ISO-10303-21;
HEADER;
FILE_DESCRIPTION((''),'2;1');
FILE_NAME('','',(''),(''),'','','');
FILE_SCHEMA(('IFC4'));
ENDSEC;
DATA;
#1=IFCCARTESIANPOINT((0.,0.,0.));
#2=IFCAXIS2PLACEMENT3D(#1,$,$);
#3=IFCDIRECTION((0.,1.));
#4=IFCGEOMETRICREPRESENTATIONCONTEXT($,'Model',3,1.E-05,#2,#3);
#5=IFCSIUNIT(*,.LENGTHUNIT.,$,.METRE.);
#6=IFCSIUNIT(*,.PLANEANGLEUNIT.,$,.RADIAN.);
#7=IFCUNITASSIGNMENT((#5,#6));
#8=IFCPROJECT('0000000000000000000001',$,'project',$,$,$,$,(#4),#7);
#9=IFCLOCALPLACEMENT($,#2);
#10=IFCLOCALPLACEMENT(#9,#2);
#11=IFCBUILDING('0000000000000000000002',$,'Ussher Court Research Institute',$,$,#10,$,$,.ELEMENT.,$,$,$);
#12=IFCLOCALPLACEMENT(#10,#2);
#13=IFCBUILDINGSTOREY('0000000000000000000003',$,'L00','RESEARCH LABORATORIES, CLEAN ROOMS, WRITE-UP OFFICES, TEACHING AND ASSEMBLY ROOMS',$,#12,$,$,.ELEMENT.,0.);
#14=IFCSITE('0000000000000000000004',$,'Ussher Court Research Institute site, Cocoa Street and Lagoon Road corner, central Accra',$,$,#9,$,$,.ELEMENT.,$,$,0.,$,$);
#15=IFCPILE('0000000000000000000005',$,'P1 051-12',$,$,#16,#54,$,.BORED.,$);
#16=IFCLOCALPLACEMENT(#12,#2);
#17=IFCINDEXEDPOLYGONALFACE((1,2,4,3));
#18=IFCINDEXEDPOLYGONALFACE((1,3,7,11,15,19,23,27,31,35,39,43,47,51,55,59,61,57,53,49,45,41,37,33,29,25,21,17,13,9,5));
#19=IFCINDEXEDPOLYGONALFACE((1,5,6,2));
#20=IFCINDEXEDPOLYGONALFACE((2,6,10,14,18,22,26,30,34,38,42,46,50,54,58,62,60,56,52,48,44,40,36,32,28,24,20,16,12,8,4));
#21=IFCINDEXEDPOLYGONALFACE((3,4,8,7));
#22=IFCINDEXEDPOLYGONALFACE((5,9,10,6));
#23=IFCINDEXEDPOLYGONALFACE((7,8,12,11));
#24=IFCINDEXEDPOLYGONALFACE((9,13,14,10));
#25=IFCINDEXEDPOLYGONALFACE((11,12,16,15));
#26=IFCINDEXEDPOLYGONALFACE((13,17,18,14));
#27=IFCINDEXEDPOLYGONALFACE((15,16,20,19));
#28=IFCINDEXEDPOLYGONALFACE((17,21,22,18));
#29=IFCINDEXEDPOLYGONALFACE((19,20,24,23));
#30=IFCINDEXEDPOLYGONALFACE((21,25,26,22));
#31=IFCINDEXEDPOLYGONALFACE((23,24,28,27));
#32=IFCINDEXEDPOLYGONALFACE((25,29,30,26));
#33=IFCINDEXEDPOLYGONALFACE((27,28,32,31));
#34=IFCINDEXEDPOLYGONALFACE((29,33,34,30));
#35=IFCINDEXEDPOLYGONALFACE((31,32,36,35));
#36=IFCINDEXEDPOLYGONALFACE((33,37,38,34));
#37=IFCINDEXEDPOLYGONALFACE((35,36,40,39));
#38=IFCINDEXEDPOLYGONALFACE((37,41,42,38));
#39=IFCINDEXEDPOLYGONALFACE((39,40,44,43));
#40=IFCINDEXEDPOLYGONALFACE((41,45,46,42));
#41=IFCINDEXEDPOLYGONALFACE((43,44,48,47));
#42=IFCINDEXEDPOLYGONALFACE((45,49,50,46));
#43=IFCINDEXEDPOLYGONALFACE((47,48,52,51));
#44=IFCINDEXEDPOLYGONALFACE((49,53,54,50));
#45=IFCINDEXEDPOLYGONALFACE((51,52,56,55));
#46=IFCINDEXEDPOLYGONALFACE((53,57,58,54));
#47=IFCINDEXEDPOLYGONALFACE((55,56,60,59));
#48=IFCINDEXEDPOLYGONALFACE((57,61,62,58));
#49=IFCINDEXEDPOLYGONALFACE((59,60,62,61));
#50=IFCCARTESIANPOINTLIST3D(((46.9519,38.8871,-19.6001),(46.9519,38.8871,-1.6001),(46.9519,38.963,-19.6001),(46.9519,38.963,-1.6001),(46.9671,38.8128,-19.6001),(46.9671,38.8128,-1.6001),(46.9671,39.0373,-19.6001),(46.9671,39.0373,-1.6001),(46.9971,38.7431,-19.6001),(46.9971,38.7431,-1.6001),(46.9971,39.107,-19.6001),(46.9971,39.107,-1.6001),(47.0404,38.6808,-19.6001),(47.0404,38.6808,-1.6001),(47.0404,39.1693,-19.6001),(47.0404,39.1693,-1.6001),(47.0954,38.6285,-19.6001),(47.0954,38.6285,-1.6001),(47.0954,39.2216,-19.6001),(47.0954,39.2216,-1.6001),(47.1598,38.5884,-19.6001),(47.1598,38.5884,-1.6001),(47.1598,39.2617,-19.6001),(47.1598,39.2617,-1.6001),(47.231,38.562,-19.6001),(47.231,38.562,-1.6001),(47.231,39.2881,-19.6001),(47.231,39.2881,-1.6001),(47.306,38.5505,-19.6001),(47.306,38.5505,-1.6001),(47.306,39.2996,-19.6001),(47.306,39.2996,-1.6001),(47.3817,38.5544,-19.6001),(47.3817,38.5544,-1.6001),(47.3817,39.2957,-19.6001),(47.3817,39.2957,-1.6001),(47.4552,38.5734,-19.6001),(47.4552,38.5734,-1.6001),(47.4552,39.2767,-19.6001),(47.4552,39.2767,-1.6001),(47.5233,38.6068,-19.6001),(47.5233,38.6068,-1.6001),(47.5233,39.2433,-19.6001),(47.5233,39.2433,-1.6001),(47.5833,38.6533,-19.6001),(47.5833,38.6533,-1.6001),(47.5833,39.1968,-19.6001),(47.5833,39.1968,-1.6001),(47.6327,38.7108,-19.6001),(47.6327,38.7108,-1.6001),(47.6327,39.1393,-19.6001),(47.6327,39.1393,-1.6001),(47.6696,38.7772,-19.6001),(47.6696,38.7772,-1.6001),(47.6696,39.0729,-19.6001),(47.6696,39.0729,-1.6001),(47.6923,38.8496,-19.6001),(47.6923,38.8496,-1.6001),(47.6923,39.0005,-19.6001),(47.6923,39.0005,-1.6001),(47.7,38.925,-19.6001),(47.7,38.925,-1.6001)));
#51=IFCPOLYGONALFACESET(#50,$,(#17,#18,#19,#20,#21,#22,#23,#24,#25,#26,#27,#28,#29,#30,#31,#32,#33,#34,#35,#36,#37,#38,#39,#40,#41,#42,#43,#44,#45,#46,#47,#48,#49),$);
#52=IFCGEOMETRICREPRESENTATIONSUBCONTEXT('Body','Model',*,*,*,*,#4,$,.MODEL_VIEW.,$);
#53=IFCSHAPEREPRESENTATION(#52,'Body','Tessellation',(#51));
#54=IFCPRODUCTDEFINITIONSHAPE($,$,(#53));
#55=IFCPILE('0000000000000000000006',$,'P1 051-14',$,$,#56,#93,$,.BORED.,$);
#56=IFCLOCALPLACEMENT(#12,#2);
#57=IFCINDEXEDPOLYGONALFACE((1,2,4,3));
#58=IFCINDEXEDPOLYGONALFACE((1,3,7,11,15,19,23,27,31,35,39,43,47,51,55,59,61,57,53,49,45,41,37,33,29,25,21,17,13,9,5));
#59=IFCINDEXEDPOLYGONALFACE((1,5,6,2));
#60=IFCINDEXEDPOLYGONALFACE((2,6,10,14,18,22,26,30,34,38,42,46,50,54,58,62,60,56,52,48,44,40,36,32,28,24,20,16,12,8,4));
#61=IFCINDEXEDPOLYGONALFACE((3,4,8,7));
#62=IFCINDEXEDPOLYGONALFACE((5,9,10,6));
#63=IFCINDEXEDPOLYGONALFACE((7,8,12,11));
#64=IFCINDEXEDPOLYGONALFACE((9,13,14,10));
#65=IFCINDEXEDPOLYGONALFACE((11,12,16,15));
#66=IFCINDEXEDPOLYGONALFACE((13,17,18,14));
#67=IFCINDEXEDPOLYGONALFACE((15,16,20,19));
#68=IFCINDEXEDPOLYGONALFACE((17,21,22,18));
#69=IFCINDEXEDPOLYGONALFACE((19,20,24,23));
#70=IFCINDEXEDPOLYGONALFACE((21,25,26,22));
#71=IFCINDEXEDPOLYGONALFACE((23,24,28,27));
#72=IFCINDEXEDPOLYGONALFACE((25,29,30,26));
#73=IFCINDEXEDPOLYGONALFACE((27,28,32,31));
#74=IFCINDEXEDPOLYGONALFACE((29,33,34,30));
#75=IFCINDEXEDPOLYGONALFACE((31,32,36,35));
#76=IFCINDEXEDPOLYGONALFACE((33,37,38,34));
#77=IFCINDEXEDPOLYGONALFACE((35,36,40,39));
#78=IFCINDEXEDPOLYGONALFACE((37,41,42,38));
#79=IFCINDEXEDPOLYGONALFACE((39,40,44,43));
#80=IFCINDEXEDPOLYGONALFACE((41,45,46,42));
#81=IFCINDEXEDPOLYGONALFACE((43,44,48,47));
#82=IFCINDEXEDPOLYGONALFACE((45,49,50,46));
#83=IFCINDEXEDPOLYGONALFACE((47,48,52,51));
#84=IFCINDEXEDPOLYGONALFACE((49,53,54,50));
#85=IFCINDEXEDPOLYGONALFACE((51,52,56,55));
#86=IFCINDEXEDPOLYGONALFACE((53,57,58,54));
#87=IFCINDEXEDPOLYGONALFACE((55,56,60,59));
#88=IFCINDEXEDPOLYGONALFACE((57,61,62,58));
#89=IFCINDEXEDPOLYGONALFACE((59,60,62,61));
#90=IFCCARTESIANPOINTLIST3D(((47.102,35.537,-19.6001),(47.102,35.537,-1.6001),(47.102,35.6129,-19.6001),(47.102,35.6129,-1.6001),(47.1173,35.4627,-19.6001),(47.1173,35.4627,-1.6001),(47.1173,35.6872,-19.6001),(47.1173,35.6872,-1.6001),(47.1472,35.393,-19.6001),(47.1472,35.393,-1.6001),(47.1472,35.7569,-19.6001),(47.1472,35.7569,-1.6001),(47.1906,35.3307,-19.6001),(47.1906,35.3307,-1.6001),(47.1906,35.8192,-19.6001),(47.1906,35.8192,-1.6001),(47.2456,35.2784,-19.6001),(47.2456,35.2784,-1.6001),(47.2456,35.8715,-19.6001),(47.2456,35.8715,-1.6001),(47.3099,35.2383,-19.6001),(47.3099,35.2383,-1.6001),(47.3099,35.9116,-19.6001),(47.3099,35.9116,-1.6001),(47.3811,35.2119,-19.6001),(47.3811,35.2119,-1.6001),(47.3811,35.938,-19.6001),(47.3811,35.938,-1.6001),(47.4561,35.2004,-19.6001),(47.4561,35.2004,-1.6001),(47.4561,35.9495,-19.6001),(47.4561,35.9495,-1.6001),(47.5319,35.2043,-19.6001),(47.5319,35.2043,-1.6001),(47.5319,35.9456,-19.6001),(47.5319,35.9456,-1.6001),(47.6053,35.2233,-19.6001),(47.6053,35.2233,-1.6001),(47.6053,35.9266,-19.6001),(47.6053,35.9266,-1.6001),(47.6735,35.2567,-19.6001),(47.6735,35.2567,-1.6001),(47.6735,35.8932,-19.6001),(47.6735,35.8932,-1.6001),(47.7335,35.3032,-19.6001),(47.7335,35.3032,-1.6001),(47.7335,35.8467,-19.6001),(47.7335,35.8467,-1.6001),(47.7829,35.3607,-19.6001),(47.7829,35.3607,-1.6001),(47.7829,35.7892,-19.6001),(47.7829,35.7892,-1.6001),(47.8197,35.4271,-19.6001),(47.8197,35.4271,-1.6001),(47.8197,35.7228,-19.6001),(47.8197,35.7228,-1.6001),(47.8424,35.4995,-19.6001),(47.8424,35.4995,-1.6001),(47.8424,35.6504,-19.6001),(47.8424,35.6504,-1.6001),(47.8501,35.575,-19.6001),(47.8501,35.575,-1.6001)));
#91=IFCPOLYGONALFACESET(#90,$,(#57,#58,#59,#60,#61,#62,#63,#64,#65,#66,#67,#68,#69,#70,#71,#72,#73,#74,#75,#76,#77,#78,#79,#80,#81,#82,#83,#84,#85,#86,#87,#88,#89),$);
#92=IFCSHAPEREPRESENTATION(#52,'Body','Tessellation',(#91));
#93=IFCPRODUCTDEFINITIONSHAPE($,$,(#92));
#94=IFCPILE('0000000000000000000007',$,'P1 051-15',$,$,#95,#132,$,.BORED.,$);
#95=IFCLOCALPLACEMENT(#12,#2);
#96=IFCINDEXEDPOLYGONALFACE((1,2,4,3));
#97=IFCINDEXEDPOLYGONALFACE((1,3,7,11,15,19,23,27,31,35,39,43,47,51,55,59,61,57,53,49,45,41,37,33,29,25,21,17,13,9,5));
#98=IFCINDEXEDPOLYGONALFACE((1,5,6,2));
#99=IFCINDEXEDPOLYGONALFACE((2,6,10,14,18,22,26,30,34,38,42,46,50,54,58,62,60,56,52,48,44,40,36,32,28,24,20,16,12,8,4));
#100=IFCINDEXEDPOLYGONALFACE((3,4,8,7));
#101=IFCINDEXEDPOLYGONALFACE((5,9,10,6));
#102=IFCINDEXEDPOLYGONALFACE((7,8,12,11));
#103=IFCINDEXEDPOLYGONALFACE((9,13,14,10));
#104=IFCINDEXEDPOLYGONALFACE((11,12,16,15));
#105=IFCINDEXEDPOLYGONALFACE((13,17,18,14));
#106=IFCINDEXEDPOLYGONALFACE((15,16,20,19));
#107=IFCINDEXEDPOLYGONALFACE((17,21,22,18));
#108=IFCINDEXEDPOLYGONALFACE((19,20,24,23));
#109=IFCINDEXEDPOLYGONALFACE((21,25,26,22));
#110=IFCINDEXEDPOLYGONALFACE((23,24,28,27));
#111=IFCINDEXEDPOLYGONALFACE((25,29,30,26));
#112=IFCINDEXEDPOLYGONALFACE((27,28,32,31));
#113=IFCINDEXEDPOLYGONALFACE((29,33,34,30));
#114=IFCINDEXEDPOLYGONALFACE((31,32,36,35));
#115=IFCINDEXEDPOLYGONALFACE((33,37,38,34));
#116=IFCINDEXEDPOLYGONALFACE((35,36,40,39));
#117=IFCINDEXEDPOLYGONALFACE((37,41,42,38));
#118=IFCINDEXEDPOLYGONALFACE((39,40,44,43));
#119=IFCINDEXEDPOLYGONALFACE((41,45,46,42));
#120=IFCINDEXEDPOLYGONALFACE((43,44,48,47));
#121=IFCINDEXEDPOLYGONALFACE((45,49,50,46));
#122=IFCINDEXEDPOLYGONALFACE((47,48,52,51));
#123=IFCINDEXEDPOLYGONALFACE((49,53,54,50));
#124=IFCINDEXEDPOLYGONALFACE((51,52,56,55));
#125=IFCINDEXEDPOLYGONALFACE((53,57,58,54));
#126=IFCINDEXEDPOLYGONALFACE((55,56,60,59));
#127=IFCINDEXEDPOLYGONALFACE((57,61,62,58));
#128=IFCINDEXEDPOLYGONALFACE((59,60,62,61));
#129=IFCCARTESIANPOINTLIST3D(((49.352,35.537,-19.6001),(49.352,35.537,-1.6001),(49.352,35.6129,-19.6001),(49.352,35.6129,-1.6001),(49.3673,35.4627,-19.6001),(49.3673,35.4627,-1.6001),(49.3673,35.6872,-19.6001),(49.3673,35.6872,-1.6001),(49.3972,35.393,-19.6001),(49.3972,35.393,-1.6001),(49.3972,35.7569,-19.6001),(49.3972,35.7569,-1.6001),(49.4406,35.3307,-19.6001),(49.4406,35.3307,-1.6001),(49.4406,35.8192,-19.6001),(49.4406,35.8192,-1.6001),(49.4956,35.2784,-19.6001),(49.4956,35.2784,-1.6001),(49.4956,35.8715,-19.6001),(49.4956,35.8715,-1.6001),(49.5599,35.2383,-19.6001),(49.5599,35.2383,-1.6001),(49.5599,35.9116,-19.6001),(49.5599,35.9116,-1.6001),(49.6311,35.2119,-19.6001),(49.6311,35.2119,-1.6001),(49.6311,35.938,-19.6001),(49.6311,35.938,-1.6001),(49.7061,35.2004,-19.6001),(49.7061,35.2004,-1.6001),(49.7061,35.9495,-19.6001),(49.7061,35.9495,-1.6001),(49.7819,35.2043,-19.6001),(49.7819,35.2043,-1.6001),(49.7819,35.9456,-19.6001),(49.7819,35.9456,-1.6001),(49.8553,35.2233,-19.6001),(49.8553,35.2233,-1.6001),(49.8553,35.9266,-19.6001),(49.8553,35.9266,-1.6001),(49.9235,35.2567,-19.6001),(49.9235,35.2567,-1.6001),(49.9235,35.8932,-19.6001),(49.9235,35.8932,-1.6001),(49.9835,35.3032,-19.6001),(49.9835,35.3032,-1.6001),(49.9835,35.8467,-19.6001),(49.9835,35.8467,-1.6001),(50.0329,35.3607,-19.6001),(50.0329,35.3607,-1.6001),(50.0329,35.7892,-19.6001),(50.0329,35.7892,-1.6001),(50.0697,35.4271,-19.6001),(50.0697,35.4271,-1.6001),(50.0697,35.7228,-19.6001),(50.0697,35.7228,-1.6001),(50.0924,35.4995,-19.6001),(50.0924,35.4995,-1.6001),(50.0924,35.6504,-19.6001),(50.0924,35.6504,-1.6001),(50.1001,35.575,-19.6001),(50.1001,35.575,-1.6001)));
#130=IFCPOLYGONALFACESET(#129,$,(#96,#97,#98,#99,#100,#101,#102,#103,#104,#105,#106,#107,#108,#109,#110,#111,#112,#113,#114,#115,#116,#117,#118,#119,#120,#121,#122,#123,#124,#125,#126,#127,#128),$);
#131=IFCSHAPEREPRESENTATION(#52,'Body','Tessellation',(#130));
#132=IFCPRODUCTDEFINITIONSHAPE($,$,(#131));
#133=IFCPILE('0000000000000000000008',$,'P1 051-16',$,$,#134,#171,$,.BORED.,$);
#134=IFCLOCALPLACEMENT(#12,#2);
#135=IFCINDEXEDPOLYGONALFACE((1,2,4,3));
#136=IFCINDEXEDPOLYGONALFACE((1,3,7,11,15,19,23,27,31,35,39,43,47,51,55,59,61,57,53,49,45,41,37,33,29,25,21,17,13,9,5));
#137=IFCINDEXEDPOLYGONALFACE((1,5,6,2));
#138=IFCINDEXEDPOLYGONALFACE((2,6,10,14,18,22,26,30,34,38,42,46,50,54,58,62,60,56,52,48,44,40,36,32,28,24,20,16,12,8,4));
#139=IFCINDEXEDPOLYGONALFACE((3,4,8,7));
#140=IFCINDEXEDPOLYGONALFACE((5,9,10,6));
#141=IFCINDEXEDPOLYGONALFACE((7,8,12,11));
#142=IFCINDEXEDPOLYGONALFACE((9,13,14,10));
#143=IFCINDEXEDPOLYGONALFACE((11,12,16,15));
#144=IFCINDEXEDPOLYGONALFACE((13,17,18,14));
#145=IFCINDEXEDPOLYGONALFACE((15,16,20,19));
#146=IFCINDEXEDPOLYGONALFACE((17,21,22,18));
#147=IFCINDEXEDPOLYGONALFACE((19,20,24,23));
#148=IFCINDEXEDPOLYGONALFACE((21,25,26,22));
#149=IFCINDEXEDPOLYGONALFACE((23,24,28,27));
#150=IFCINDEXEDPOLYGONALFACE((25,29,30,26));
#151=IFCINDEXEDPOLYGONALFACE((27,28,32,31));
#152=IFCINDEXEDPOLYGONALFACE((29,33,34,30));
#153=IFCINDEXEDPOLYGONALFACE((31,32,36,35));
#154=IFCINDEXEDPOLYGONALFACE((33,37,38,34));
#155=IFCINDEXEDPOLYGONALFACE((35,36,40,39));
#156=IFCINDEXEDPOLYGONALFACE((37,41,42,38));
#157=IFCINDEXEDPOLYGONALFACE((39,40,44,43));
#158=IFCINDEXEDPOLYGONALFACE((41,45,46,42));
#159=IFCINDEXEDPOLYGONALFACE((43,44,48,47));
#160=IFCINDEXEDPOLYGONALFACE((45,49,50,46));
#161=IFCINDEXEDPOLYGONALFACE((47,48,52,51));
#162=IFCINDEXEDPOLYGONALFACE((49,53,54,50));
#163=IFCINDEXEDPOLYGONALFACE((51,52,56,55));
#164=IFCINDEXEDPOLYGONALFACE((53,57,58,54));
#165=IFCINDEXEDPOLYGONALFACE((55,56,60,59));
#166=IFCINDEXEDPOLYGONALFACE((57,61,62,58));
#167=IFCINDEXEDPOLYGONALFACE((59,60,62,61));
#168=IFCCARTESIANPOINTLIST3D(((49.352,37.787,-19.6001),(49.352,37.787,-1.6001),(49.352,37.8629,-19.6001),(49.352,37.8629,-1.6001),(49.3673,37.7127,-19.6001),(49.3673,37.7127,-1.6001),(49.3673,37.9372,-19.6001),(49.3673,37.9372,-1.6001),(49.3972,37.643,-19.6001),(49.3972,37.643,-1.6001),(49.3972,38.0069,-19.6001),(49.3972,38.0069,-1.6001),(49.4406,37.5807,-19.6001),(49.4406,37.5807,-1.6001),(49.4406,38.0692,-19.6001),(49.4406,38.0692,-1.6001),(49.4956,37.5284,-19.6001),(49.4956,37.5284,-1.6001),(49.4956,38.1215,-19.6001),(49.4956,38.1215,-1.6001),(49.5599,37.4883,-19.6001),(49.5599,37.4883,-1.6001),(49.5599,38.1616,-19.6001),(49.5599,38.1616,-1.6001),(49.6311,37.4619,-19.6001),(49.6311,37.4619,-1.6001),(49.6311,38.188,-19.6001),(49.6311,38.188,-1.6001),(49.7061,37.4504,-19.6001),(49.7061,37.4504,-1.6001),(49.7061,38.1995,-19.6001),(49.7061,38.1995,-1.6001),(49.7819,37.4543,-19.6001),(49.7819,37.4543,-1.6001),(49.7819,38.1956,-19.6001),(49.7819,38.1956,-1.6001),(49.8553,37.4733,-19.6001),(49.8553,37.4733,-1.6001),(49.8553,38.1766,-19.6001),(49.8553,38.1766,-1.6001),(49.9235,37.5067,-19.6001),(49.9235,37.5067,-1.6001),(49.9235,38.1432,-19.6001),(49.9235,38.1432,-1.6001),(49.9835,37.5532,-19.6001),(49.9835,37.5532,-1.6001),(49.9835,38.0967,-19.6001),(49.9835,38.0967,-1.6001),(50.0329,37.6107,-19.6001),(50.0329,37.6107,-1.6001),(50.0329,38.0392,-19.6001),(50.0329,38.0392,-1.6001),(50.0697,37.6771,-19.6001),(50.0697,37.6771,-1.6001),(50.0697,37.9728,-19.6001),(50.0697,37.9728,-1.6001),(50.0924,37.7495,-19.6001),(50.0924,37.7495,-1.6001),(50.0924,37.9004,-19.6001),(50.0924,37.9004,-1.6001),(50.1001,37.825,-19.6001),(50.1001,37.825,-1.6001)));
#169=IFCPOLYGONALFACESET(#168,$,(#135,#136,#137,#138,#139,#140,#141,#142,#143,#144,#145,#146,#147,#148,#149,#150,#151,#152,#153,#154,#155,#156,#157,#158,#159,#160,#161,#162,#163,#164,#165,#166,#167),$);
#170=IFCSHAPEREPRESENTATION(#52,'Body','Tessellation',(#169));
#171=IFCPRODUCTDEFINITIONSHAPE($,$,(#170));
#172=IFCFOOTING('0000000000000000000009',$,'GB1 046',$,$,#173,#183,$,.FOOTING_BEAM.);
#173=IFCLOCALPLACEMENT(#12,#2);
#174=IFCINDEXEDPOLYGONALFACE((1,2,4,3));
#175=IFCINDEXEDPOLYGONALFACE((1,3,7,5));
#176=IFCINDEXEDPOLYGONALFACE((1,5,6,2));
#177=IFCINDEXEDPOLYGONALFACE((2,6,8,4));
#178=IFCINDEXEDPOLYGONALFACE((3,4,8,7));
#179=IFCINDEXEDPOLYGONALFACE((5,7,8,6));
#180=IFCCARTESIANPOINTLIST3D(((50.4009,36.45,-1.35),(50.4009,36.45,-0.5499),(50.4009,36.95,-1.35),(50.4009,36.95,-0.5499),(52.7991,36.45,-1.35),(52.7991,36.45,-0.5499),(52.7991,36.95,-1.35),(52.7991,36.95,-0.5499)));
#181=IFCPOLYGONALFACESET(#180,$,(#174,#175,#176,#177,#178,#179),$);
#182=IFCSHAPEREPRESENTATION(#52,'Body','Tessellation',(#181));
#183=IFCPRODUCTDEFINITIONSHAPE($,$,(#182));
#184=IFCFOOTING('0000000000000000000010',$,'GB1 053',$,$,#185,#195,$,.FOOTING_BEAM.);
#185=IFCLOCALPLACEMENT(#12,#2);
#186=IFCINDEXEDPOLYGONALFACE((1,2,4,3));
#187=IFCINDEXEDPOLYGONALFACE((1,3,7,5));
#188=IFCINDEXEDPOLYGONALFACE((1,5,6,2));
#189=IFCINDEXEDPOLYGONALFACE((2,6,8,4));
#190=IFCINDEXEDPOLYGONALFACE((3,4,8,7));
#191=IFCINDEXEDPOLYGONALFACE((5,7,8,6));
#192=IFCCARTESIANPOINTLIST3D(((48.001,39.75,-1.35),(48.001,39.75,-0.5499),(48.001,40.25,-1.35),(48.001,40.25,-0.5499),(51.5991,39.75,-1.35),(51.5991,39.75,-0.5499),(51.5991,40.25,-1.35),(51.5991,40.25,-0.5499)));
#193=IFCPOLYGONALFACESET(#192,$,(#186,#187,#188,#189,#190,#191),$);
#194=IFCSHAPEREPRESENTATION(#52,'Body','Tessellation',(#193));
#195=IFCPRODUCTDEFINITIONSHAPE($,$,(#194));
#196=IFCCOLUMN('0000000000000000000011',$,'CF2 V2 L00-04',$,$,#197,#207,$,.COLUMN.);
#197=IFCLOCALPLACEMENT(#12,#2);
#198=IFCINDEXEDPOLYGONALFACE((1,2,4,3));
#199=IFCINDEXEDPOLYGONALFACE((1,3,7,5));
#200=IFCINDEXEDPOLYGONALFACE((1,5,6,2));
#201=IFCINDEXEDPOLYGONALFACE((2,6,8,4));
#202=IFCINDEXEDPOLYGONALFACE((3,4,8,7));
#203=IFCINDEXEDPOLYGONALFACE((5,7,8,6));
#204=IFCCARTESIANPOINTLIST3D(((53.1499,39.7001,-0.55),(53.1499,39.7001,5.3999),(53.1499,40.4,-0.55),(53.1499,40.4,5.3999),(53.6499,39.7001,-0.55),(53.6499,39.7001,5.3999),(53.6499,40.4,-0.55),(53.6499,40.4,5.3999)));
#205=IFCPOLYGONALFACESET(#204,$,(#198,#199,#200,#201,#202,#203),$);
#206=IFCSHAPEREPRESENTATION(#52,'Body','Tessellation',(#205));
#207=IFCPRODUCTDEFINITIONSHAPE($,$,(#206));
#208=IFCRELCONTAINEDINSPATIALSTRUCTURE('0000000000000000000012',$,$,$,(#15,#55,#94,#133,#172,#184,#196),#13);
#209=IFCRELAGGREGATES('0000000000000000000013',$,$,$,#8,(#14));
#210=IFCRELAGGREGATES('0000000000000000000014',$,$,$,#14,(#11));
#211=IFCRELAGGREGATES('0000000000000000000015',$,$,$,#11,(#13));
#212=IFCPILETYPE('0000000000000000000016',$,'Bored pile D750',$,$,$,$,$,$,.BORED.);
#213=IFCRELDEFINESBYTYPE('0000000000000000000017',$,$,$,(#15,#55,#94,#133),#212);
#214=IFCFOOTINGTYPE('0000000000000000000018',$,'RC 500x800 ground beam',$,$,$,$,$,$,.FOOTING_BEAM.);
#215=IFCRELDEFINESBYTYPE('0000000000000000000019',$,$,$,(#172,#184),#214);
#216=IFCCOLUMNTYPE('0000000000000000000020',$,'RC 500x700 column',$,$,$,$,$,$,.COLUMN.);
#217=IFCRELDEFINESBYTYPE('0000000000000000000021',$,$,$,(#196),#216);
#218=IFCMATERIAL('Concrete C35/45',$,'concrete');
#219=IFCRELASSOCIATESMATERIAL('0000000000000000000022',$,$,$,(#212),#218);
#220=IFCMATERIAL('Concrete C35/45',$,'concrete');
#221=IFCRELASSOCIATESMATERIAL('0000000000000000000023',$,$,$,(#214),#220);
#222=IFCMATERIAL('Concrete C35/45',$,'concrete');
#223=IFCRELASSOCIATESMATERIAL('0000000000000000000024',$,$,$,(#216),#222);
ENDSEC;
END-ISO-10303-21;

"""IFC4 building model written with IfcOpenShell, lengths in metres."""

from ifc_helpers import new_model, si_unit, direction, frame, origin, origin_2d, place, context, subcontext, project, spatial, rectangle, circle, extrude, material, material_profile, profile_set, type_object, element, save


model = new_model("IFC4")

# Units and contexts
model_context = context("Model", 3, precision=1e-05, world=origin(), true_north=direction((0.0, 1.0)))
body_context = subcontext(model_context, "Body", "Model", "MODEL_VIEW")
ifc_project = project(units=[si_unit("LENGTHUNIT", "METRE"), si_unit("PLANEANGLEUNIT", "RADIAN")], contexts=[model_context])

# Site, building, storey
site_placement = place(None, origin())
site = spatial("IfcSite", under=ifc_project, at=site_placement, Name="Ussher Court Research Institute site, Cocoa Street and Lagoon Road corner, central Accra", CompositionType="ELEMENT", RefElevation=0.0)
building_placement = place(site_placement, origin())
building = spatial("IfcBuilding", under=site, at=building_placement, Name="Ussher Court Research Institute", CompositionType="ELEMENT")
storey_placement = place(building_placement, origin())
storey = spatial("IfcBuildingStorey", under=building, at=storey_placement, Name="L00", Description="RESEARCH LABORATORIES, CLEAN ROOMS, WRITE-UP OFFICES, TEACHING AND ASSEMBLY ROOMS", CompositionType="ELEMENT", Elevation=0.0)

# Piles
ifc_material_1 = material(Name="Concrete C35/45", Category="concrete")
ifc_material_profile_1 = material_profile(ifc_material_1, circle(Radius=0.375, at=origin_2d()), Name="RC D750")
ifc_profile_set_1 = profile_set([ifc_material_profile_1], Name="Concrete C35/45")
pile_type = type_object("IfcPileType", Name="Bored pile D750", PredefinedType="BORED", material=ifc_profile_set_1)
for number, where, z_axis, x_axis, name in (
    (1, (47.325, 38.925, -1.6001), (0.0, 0.0, -1.0), (1.0, 0.0, 0.0), "P1 051-12"),
    (2, (47.4751, 35.575, -1.6001), (0.0, 0.0, -1.0), (1.0, 0.0, 0.0), "P1 051-14"),
    (3, (49.7251, 35.575, -1.6001), (0.0, 0.0, -1.0), (1.0, 0.0, 0.0), "P1 051-15"),
    (4, (49.7251, 37.825, -1.6001), (0.0, 0.0, -1.0), (1.0, 0.0, 0.0), "P1 051-16"),
):
    element("IfcPile", number, at=place(storey_placement, frame(where, z_axis=z_axis, x_axis=x_axis)), inside=storey, type_object=pile_type, Name=name, PredefinedType="BORED", context=body_context, shape_type="SweptSolid", body=[
        extrude(circle(Radius=0.375, at=origin_2d()), origin(), (0.0, 0.0, 1.0), 18.0),
    ])

# Footings
ifc_material_2 = material(Name="Concrete C35/45", Category="concrete")
ifc_material_profile_2 = material_profile(ifc_material_2, rectangle(XDim=0.5, YDim=0.8, at=origin_2d()), Name="RC 500x800")
ifc_profile_set_2 = profile_set([ifc_material_profile_2], Name="Concrete C35/45")
footing_type = type_object("IfcFootingType", Name="RC 500x800 ground beam", PredefinedType="FOOTING_BEAM", material=ifc_profile_set_2)
footing_1_placement = place(storey_placement, frame((50.4009, 36.7, -0.95), z_axis=(1.0, 0.0, 0.0), x_axis=(0.0, 1.0, 0.0)))
element("IfcFooting", 5, at=footing_1_placement, inside=storey, type_object=footing_type, Name="GB1 046", PredefinedType="FOOTING_BEAM", context=body_context, shape_type="SweptSolid", body=[
    extrude(rectangle(XDim=0.5, YDim=0.8, at=origin_2d()), origin(), (0.0, 0.0, 1.0), 2.3982),
])
footing_2_placement = place(storey_placement, frame((48.001, 40.0, -0.95), z_axis=(1.0, 0.0, 0.0), x_axis=(0.0, 1.0, 0.0)))
element("IfcFooting", 6, at=footing_2_placement, inside=storey, type_object=footing_type, Name="GB1 053", PredefinedType="FOOTING_BEAM", context=body_context, shape_type="SweptSolid", body=[
    extrude(rectangle(XDim=0.5, YDim=0.8, at=origin_2d()), origin(), (0.0, 0.0, 1.0), 3.5981),
])

# Column
ifc_material_3 = material(Name="Concrete C35/45", Category="concrete")
ifc_material_profile_3 = material_profile(ifc_material_3, rectangle(XDim=0.5, YDim=0.7, at=origin_2d()), Name="RC 500x700")
ifc_profile_set_3 = profile_set([ifc_material_profile_3], Name="Concrete C35/45")
column_type_1 = type_object("IfcColumnType", Name="RC 500x700 column", PredefinedType="COLUMN", material=ifc_profile_set_3)
column_1_placement = place(storey_placement, frame((53.3999, 40.05, -0.55), z_axis=(0.0, 0.0, 1.0), x_axis=(1.0, 0.0, 0.0)))
element("IfcColumn", 7, at=column_1_placement, inside=storey, type_object=column_type_1, Name="CF2 V2 L00-04", PredefinedType="COLUMN", context=body_context, shape_type="SweptSolid", body=[
    extrude(rectangle(XDim=0.5, YDim=0.7, at=origin_2d()), origin(), (0.0, 0.0, 1.0), 5.95),
])

save(model, "model.ifc")
